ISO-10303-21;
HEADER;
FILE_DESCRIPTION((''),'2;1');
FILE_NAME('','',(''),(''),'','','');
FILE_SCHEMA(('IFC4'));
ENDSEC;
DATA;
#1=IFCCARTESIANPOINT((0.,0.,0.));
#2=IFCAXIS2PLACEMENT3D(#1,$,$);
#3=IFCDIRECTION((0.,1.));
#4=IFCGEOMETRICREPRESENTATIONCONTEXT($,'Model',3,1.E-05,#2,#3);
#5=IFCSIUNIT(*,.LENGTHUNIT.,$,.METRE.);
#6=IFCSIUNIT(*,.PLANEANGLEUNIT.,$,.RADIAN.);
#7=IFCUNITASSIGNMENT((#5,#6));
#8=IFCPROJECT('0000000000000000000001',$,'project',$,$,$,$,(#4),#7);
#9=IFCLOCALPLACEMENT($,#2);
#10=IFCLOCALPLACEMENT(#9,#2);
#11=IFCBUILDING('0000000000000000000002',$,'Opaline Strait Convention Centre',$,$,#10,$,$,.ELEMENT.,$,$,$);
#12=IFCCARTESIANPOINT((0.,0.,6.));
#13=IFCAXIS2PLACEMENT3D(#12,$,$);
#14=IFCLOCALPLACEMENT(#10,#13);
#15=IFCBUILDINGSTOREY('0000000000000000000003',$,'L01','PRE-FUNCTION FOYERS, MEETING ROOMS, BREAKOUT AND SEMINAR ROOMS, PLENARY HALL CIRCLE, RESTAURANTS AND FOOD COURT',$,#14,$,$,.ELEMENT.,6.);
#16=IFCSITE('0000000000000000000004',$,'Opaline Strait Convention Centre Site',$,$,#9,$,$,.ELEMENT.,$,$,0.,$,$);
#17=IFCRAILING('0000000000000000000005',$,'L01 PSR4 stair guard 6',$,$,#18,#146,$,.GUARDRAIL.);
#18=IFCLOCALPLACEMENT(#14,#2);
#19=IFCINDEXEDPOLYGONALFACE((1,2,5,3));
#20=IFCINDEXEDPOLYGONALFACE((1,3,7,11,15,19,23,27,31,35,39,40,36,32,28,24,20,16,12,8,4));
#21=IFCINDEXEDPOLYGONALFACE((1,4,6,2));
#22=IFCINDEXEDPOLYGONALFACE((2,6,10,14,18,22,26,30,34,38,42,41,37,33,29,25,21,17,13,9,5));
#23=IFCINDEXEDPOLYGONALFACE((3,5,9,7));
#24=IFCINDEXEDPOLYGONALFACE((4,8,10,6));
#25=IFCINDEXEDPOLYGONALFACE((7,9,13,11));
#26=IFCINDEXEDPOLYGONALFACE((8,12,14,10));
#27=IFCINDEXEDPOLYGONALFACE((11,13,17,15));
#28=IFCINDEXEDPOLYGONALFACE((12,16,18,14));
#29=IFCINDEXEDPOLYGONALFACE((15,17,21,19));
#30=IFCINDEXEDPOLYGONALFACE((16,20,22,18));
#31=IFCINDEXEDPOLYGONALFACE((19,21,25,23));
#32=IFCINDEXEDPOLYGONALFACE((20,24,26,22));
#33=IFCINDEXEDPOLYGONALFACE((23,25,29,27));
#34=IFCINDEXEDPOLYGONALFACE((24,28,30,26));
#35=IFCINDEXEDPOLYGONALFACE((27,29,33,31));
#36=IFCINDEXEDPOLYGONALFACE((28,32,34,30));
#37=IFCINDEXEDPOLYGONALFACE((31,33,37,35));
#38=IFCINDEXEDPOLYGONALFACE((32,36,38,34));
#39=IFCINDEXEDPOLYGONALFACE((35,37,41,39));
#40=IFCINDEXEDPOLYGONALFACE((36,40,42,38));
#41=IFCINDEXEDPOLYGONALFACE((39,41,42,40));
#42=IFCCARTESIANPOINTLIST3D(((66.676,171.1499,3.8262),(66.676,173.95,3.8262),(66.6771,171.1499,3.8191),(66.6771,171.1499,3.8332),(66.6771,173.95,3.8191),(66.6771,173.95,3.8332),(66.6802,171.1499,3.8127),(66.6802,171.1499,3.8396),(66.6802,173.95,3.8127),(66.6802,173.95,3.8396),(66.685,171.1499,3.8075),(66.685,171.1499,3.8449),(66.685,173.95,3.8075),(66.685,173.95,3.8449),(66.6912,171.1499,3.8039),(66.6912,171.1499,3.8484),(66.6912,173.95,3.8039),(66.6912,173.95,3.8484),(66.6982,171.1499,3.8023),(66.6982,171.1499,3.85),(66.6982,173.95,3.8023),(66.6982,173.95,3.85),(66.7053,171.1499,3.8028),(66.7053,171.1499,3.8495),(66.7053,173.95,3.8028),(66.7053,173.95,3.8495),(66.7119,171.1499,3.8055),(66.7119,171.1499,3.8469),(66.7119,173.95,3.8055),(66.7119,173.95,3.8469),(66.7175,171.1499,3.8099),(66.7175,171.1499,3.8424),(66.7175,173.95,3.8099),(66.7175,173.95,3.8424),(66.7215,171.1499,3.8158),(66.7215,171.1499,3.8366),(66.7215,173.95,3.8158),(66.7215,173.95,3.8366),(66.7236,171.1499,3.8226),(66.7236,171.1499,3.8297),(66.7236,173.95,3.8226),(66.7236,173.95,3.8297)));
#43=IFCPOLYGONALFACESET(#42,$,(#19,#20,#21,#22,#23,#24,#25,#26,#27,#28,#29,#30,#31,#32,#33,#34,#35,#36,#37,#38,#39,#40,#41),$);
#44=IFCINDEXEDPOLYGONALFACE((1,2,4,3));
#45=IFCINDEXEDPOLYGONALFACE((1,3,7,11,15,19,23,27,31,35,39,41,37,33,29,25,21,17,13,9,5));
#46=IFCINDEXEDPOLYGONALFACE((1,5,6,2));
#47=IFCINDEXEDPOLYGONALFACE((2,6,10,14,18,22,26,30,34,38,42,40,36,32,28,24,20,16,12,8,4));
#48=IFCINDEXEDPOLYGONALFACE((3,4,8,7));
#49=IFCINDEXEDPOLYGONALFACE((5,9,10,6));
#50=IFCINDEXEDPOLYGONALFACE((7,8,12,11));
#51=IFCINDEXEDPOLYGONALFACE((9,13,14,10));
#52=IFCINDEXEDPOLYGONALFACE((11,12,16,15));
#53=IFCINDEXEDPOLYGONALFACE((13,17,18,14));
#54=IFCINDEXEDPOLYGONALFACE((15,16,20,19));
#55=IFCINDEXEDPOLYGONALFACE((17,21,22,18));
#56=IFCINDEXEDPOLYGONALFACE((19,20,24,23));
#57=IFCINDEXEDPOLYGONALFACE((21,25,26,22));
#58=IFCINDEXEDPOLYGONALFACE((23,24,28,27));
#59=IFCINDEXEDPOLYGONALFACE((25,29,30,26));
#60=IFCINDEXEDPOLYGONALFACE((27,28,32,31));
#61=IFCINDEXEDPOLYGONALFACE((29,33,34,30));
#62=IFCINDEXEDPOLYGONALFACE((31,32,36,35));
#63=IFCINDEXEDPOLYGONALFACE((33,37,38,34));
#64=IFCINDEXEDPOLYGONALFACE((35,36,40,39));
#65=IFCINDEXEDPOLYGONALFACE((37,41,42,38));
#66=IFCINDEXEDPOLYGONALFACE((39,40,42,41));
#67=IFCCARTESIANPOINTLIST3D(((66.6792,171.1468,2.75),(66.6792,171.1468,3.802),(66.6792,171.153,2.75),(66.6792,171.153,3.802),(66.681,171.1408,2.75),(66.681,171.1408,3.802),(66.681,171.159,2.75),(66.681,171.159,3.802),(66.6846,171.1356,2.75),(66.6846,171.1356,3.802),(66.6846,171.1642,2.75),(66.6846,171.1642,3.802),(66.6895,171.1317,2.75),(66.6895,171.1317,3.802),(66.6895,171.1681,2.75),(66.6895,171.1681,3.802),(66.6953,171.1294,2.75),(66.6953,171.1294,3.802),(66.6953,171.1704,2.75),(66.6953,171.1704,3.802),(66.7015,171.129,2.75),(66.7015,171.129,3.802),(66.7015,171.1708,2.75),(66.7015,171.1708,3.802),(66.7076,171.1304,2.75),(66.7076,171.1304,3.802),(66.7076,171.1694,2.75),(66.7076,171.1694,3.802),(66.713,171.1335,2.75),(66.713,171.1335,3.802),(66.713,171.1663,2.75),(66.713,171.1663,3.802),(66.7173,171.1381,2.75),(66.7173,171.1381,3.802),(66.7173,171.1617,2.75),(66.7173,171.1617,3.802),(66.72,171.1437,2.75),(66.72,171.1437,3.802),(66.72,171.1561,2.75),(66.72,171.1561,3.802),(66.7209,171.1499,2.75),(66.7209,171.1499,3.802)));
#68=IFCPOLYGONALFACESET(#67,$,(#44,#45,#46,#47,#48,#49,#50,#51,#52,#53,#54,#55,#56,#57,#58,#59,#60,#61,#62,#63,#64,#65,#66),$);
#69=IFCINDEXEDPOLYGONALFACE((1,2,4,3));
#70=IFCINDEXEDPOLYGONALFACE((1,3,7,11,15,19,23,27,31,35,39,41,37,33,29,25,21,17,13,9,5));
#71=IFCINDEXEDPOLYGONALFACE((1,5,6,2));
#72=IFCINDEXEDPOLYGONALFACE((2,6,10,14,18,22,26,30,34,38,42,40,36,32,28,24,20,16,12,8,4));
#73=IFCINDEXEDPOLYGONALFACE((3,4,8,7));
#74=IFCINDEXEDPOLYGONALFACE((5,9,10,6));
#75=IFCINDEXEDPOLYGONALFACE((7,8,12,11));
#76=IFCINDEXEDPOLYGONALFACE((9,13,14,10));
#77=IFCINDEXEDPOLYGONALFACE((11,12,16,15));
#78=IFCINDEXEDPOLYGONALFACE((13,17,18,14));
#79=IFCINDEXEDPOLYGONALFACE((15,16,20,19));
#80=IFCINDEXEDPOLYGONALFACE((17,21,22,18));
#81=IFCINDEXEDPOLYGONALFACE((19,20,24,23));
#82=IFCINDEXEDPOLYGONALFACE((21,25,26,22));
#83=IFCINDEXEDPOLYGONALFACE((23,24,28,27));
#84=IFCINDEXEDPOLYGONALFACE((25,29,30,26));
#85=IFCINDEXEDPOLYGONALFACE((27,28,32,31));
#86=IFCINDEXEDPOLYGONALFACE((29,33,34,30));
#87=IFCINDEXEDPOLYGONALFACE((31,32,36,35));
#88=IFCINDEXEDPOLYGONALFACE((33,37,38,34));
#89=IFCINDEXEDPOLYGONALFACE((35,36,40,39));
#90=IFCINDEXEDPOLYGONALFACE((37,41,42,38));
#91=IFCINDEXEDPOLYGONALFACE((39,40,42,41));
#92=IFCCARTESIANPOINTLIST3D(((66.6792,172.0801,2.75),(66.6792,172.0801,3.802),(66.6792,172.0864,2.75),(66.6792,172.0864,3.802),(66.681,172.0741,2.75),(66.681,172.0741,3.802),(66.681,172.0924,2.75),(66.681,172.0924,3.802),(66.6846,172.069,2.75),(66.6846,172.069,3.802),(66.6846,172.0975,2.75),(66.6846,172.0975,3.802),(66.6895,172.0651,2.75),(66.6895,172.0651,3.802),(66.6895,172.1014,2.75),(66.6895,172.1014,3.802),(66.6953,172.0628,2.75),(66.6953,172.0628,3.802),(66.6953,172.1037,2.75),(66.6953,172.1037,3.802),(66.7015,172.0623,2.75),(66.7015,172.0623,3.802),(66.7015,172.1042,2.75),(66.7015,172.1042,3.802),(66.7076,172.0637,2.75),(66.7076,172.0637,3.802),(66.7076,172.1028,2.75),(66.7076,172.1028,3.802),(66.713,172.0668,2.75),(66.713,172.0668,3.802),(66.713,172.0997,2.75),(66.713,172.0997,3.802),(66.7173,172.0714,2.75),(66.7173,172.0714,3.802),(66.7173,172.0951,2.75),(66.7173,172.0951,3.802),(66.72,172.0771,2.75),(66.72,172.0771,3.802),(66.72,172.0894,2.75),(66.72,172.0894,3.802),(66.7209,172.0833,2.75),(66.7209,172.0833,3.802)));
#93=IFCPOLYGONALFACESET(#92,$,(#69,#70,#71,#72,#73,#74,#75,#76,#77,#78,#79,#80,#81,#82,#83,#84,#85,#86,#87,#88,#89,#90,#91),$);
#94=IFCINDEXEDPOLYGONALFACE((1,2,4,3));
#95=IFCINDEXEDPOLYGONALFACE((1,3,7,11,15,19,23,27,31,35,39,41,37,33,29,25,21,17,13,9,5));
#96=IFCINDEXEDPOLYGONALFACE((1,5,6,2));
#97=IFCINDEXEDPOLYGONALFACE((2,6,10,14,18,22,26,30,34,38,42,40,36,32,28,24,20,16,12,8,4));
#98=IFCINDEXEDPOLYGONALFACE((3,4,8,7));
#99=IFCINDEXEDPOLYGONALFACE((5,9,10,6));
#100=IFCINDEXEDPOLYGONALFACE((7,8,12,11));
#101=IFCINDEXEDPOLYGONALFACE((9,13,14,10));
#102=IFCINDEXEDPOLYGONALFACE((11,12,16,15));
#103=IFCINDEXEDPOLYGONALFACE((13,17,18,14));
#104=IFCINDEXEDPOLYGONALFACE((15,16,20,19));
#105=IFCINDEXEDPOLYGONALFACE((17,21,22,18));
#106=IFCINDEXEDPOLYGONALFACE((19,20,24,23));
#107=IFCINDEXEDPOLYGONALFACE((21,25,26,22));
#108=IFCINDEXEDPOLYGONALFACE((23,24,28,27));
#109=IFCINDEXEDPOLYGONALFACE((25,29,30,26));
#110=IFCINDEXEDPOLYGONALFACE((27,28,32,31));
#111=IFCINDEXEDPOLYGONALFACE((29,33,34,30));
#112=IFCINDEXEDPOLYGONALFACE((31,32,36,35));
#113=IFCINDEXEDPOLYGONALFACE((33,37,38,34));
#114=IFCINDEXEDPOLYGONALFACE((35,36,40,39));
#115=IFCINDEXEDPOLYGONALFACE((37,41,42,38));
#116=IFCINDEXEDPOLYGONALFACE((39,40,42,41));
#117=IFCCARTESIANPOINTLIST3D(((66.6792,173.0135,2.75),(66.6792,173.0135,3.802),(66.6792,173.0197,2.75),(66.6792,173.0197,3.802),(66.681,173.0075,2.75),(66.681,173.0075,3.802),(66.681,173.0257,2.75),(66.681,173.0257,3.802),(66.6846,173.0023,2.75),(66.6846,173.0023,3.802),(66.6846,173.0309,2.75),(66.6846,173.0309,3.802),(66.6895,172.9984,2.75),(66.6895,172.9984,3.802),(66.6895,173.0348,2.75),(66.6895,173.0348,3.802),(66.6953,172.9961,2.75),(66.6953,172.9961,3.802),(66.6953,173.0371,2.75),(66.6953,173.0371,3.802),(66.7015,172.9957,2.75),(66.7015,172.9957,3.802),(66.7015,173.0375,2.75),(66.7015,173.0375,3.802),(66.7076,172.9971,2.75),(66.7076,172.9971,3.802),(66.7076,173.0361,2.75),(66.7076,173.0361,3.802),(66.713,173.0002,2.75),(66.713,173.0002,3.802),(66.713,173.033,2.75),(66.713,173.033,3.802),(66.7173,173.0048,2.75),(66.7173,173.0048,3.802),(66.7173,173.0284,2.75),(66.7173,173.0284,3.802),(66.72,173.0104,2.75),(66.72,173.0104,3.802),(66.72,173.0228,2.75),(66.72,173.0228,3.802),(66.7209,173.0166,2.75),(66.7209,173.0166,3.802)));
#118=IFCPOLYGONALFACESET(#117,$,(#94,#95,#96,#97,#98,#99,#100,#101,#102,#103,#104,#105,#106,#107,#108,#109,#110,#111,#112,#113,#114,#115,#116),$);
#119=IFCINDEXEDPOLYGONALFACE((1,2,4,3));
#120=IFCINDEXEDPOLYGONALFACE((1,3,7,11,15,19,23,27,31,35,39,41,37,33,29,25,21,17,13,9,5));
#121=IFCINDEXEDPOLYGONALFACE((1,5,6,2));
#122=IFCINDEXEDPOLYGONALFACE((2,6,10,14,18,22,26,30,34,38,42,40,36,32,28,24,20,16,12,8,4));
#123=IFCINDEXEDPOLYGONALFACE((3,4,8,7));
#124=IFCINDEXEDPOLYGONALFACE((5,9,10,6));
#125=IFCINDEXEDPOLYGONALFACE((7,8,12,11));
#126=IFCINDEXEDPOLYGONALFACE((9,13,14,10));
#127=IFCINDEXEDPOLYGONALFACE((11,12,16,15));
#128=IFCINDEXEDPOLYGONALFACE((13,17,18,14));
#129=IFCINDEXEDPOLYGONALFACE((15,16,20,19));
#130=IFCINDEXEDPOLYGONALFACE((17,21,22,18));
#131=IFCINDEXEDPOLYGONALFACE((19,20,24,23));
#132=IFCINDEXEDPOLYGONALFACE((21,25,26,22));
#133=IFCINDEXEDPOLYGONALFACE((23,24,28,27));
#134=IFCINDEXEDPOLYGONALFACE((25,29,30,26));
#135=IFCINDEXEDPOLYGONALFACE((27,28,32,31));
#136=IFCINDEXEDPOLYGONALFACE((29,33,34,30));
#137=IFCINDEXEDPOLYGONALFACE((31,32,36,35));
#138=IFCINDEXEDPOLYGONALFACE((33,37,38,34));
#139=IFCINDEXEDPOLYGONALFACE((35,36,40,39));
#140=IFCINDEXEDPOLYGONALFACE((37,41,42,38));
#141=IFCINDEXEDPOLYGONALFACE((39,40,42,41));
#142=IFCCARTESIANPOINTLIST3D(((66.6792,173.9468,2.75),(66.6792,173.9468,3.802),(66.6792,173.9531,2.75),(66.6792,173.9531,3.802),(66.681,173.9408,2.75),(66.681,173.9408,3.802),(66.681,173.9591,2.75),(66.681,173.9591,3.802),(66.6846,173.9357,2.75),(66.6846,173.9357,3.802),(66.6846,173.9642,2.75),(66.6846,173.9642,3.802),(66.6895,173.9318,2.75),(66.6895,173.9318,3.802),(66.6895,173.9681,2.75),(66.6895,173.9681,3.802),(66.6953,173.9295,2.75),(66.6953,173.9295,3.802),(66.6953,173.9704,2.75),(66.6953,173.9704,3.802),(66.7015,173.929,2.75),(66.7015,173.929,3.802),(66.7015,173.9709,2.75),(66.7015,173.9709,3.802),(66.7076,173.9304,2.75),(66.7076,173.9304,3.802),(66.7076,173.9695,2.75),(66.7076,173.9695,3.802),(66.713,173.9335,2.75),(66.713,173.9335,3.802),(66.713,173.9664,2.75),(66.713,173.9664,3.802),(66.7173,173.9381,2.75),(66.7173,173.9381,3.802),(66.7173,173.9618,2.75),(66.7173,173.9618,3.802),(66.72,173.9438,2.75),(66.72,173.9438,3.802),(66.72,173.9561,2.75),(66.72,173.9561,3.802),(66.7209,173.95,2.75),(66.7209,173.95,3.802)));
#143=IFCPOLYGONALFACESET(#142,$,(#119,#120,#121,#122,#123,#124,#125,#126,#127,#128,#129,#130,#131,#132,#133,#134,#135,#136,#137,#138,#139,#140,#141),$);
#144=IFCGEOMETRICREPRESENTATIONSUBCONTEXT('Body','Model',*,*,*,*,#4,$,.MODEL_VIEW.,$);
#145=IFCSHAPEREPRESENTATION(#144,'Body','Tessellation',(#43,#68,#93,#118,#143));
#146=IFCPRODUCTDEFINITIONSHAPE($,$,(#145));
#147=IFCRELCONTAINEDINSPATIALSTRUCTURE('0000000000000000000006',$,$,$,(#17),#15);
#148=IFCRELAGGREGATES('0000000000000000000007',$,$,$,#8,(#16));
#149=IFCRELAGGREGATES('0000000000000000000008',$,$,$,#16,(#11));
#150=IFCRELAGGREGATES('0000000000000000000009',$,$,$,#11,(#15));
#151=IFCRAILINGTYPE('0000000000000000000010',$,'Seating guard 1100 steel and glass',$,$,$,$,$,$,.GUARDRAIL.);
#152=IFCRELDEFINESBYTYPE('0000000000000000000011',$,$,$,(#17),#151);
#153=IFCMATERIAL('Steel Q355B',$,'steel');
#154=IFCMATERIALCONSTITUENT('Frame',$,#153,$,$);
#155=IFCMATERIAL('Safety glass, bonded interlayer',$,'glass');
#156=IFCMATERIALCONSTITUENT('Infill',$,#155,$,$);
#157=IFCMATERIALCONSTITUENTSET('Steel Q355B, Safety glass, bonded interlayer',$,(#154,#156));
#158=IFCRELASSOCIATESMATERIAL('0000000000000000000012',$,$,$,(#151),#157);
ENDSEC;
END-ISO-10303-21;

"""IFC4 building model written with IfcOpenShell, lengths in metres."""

from ifc_helpers import new_model, si_unit, direction, frame, origin, origin_2d, place, context, subcontext, project, spatial, circle, extrude, material, constituent, constituent_set, type_object, element, save


model = new_model("IFC4")

# Units and contexts
model_context = context("Model", 3, precision=1e-05, world=origin(), true_north=direction((0.0, 1.0)))
body_context = subcontext(model_context, "Body", "Model", "MODEL_VIEW")
ifc_project = project(units=[si_unit("LENGTHUNIT", "METRE"), si_unit("PLANEANGLEUNIT", "RADIAN")], contexts=[model_context])

# Site, building, storey
site_placement = place(None, origin())
site = spatial("IfcSite", under=ifc_project, at=site_placement, Name="Opaline Strait Convention Centre Site", CompositionType="ELEMENT", RefElevation=0.0)
building_placement = place(site_placement, origin())
building = spatial("IfcBuilding", under=site, at=building_placement, Name="Opaline Strait Convention Centre", CompositionType="ELEMENT")
storey_placement = place(building_placement, frame((0.0, 0.0, 6.0)))
storey = spatial("IfcBuildingStorey", under=building, at=storey_placement, Name="L01", Description="PRE-FUNCTION FOYERS, MEETING ROOMS, BREAKOUT AND SEMINAR ROOMS, PLENARY HALL CIRCLE, RESTAURANTS AND FOOD COURT", CompositionType="ELEMENT", Elevation=6.0)

# Railing
ifc_material_1 = material(Name="Steel Q355B", Category="steel")
ifc_constituent_1 = constituent(ifc_material_1, Name="Frame")
ifc_material_2 = material(Name="Safety glass, bonded interlayer", Category="glass")
ifc_constituent_2 = constituent(ifc_material_2, Name="Infill")
ifc_constituent_set = constituent_set(constituents=[ifc_constituent_1, ifc_constituent_2], Name="Steel Q355B, Safety glass, bonded interlayer")
railing_type_1 = type_object("IfcRailingType", Name="Seating guard 1100 steel and glass", PredefinedType="GUARDRAIL", material=ifc_constituent_set)
railing_1_placement = place(storey_placement, frame((66.7, 171.1499, 2.75)))
element("IfcRailing", 1, at=railing_1_placement, inside=storey, type_object=railing_type_1, Name="L01 PSR4 stair guard 6", PredefinedType="GUARDRAIL", context=body_context, shape_type="SweptSolid", body=[
    extrude(circle(Radius=0.0239, at=origin_2d()), frame((0.0, 0.0, 1.0762), z_axis=(0.0, 1.0, 0.0), x_axis=(-1.0, 0.0, 0.0)), (0.0, 0.0, 1.0), 2.8),
    extrude(circle(Radius=0.021, at=origin_2d()), origin(), (0.0, 0.0, 1.0), 1.052),
    extrude(circle(Radius=0.021, at=origin_2d()), frame((0.0, 0.9333, 0.0)), (0.0, 0.0, 1.0), 1.052),
    extrude(circle(Radius=0.021, at=origin_2d()), frame((0.0, 1.8667, 0.0)), (0.0, 0.0, 1.0), 1.052),
    extrude(circle(Radius=0.021, at=origin_2d()), frame((0.0, 2.8, 0.0)), (0.0, 0.0, 1.0), 1.052),
])

save(model, "model.ifc")
